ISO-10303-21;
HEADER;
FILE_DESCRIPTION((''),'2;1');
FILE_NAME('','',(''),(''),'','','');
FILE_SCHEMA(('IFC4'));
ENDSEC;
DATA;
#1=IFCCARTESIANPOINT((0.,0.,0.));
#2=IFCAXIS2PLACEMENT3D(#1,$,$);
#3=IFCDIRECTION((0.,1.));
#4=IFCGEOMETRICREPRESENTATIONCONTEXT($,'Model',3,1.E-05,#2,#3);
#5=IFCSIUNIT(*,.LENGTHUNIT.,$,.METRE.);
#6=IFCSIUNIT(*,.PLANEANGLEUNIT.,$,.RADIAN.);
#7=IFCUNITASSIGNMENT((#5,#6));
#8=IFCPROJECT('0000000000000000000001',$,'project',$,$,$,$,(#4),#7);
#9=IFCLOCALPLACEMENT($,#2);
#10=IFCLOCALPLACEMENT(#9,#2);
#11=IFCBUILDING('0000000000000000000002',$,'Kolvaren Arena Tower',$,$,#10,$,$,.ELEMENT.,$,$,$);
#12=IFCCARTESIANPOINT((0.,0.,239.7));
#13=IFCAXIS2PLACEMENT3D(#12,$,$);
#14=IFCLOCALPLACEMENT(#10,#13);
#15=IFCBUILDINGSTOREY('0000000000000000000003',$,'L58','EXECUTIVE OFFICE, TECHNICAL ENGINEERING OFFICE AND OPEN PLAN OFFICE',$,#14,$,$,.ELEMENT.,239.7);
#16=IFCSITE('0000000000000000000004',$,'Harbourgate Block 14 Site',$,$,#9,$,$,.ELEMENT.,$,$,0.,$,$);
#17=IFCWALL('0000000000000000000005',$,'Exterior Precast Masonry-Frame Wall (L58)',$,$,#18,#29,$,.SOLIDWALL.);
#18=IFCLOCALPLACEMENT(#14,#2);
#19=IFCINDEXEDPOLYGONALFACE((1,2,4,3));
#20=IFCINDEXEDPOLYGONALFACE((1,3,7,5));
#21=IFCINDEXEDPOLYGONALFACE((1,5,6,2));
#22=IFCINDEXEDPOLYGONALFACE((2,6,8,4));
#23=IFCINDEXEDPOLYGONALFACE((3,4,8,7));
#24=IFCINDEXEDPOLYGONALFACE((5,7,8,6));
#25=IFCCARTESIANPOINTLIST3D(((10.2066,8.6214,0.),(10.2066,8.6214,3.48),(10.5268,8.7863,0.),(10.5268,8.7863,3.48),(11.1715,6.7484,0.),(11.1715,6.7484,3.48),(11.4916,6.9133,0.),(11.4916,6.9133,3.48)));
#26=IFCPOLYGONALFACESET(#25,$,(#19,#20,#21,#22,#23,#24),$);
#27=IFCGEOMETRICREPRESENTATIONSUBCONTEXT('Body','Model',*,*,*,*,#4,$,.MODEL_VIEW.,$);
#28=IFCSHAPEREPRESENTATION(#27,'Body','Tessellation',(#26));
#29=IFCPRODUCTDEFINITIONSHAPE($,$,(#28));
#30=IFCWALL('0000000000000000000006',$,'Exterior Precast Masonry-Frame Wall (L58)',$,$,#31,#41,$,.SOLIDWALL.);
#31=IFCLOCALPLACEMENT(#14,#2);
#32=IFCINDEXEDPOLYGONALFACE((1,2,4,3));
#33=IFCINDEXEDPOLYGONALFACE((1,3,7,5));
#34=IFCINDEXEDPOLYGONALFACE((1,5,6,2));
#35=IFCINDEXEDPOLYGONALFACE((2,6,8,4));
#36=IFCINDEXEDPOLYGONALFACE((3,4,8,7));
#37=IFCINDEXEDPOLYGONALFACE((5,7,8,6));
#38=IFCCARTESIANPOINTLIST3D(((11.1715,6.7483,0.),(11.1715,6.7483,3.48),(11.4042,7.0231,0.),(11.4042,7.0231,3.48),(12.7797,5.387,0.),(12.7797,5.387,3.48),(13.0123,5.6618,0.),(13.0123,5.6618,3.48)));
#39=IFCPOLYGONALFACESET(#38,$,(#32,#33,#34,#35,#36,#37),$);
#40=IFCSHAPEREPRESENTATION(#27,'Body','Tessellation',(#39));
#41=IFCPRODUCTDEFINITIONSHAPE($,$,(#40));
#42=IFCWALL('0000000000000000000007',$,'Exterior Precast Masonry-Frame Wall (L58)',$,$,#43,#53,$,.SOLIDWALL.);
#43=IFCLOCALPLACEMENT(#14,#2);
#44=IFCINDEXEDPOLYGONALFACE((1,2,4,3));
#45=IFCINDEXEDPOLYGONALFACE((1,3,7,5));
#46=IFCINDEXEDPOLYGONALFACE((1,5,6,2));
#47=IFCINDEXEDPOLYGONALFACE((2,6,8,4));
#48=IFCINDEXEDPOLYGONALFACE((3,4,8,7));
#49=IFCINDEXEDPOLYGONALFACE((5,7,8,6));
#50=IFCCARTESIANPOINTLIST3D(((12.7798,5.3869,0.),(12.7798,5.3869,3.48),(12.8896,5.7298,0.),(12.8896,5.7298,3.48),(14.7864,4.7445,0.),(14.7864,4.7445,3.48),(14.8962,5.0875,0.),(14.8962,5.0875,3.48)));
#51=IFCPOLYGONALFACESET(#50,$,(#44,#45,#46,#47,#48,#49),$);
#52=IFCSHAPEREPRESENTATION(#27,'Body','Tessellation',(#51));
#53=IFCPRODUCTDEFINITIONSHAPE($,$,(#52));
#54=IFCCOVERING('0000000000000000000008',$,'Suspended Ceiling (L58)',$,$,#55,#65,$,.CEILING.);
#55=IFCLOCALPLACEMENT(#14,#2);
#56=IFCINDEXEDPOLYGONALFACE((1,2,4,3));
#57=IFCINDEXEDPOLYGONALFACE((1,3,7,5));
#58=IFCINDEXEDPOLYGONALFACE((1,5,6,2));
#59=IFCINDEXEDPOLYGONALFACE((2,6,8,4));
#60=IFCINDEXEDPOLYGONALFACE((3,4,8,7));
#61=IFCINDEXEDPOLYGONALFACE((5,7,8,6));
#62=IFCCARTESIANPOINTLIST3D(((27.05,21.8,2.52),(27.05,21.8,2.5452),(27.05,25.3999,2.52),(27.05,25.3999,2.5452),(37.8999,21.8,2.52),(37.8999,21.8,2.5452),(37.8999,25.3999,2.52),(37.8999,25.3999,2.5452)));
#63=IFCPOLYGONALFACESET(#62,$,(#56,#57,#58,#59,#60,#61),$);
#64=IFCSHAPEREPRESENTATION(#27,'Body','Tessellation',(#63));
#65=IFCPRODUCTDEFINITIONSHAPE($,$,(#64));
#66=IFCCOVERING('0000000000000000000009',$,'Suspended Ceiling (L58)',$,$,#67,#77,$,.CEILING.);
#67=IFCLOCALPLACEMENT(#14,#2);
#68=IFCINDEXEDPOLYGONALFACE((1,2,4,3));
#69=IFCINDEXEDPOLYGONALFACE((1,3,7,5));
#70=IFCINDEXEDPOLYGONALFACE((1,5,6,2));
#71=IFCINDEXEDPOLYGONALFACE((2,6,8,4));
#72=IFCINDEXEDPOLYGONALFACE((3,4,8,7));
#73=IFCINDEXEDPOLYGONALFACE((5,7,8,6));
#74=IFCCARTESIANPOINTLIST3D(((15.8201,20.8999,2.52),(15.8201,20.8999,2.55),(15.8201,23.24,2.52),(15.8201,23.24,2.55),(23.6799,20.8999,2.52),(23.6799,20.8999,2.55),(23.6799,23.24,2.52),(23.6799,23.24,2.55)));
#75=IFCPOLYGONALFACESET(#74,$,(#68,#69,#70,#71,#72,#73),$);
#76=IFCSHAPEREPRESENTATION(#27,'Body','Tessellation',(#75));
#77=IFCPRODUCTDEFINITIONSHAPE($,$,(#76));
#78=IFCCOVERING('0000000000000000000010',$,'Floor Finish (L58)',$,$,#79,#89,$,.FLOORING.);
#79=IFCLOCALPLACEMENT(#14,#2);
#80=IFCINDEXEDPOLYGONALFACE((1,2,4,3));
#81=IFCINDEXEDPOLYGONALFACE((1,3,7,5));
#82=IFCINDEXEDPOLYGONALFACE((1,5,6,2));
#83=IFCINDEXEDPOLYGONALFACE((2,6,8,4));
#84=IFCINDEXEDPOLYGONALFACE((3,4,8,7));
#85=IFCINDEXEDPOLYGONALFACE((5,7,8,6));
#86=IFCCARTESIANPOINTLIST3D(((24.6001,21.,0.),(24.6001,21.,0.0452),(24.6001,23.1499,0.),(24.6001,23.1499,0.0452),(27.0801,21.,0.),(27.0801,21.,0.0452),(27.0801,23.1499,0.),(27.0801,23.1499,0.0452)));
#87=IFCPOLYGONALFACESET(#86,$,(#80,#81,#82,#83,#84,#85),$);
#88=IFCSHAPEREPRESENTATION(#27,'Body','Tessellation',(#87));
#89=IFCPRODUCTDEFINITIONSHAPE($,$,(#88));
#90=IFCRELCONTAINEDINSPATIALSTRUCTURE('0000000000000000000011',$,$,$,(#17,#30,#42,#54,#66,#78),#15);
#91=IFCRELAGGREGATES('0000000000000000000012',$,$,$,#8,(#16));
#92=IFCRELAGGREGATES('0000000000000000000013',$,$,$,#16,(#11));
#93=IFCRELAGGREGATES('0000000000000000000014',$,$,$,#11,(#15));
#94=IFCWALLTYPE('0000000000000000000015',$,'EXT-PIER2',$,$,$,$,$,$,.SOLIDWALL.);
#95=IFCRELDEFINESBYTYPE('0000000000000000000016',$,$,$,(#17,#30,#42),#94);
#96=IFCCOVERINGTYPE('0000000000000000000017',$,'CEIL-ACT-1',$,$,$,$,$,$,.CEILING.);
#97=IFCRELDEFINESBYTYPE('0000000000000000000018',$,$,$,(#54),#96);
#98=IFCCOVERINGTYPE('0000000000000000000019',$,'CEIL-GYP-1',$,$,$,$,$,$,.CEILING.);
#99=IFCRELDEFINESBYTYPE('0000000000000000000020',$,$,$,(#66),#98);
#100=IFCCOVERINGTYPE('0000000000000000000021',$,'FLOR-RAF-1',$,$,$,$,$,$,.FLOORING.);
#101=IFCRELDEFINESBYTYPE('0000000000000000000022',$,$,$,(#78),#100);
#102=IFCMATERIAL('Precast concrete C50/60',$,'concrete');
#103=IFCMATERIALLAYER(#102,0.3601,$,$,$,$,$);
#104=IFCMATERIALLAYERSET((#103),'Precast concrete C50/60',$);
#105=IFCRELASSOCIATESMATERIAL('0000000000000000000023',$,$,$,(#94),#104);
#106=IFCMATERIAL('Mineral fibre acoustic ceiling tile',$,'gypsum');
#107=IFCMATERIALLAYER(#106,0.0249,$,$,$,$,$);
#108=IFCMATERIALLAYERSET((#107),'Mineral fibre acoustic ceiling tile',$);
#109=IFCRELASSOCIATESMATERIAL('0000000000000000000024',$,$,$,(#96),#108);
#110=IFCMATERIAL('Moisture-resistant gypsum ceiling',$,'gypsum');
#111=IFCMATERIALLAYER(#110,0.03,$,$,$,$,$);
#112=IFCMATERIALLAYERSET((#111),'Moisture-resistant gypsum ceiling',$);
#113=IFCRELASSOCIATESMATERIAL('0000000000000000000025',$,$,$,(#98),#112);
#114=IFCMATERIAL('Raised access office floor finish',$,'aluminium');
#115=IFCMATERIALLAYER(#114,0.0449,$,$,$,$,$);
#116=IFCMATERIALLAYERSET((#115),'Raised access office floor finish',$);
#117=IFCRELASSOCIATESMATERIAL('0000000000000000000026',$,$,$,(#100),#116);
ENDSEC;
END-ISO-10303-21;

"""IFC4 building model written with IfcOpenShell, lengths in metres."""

from ifc_helpers import new_model, si_unit, direction, frame, frame_2d, origin, place, context, subcontext, project, spatial, polyline, rectangle, outline, extrude, material, layer, layer_set, type_object, element, save


model = new_model("IFC4")

# Units and contexts
model_context = context("Model", 3, precision=1e-05, world=origin(), true_north=direction((0.0, 1.0)))
body_context = subcontext(model_context, "Body", "Model", "MODEL_VIEW")
ifc_project = project(units=[si_unit("LENGTHUNIT", "METRE"), si_unit("PLANEANGLEUNIT", "RADIAN")], contexts=[model_context])

# Site, building, storey
site_placement = place(None, origin())
site = spatial("IfcSite", under=ifc_project, at=site_placement, Name="Harbourgate Block 14 Site", CompositionType="ELEMENT", RefElevation=0.0)
building_placement = place(site_placement, origin())
building = spatial("IfcBuilding", under=site, at=building_placement, Name="Kolvaren Arena Tower", CompositionType="ELEMENT")
storey_placement = place(building_placement, frame((0.0, 0.0, 239.7)))
storey = spatial("IfcBuildingStorey", under=building, at=storey_placement, Name="L58", Description="EXECUTIVE OFFICE, TECHNICAL ENGINEERING OFFICE AND OPEN PLAN OFFICE", CompositionType="ELEMENT", Elevation=239.7)

# Shared definitions
ifc_material_1 = material(Name="Precast concrete C50/60", Category="concrete")
ifc_layer_1 = layer(ifc_material_1, 0.3601)
ifc_layer_set_1 = layer_set([ifc_layer_1], Name="Precast concrete C50/60")
wall_type = type_object("IfcWallType", Name="EXT-PIER2", PredefinedType="SOLIDWALL", material=ifc_layer_set_1)

# Walls
for number, where, z_axis, x_axis, name in (
    (1, (11.3315, 6.8308, 0.0), (0.0, 0.0, 1.0), (-0.457934, 0.888986, 0.0), "Exterior Precast Masonry-Frame Wall (L58)"),
    (2, (12.896, 5.5244, 0.0), (0.0, 0.0, 1.0), (-0.76325, 0.646103, 0.0), "Exterior Precast Masonry-Frame Wall (L58)"),
    (3, (14.8413, 4.916, 0.0), (0.0, 0.0, 1.0), (-0.952393, 0.304872, 0.0), "Exterior Precast Masonry-Frame Wall (L58)"),
):
    element("IfcWall", number, at=place(storey_placement, frame(where, z_axis=z_axis, x_axis=x_axis)), inside=storey, type_object=wall_type, Name=name, PredefinedType="SOLIDWALL", context=body_context, shape_type="SweptSolid", body=[
        extrude(rectangle(XDim=2.1069, YDim=0.3601, at=frame_2d((1.0535, 0.0))), origin(), (0.0, 0.0, 1.0), 3.48),
    ])

# Coverings
ifc_material_2 = material(Name="Mineral fibre acoustic ceiling tile", Category="gypsum")
ifc_layer_2 = layer(ifc_material_2, 0.0249)
ifc_layer_set_2 = layer_set([ifc_layer_2], Name="Mineral fibre acoustic ceiling tile")
covering_type_1 = type_object("IfcCoveringType", Name="CEIL-ACT-1", PredefinedType="CEILING", material=ifc_layer_set_2)
covering_1_placement = place(storey_placement, frame((0.0, 0.0, 2.52)))
element("IfcCovering", 4, at=covering_1_placement, inside=storey, type_object=covering_type_1, Name="Suspended Ceiling (L58)", PredefinedType="CEILING", context=body_context, shape_type="SweptSolid", body=[
    extrude(outline(polyline([(27.05, 21.8), (27.05, 25.3999), (37.8999, 25.3999), (37.8999, 21.8), (27.05, 21.8)])), origin(), (0.0, 0.0, 1.0), 0.0251),
])
ifc_material_3 = material(Name="Moisture-resistant gypsum ceiling", Category="gypsum")
ifc_layer_3 = layer(ifc_material_3, 0.03)
ifc_layer_set_3 = layer_set([ifc_layer_3], Name="Moisture-resistant gypsum ceiling")
covering_type_2 = type_object("IfcCoveringType", Name="CEIL-GYP-1", PredefinedType="CEILING", material=ifc_layer_set_3)
covering_2_placement = place(storey_placement, frame((0.0, 0.0, 2.52)))
element("IfcCovering", 5, at=covering_2_placement, inside=storey, type_object=covering_type_2, Name="Suspended Ceiling (L58)", PredefinedType="CEILING", context=body_context, shape_type="SweptSolid", body=[
    extrude(outline(polyline([(15.8201, 20.8999), (15.8201, 23.24), (23.6799, 23.24), (23.6799, 20.8999), (15.8201, 20.8999)])), origin(), (0.0, 0.0, 1.0), 0.03),
])
ifc_material_4 = material(Name="Raised access office floor finish", Category="aluminium")
ifc_layer_4 = layer(ifc_material_4, 0.0449)
ifc_layer_set_4 = layer_set([ifc_layer_4], Name="Raised access office floor finish")
covering_type_3 = type_object("IfcCoveringType", Name="FLOR-RAF-1", PredefinedType="FLOORING", material=ifc_layer_set_4)
covering_3_placement = place(storey_placement, origin())
element("IfcCovering", 6, at=covering_3_placement, inside=storey, type_object=covering_type_3, Name="Floor Finish (L58)", PredefinedType="FLOORING", context=body_context, shape_type="SweptSolid", body=[
    extrude(outline(polyline([(24.6001, 21.0), (24.6001, 23.1499), (27.0801, 23.1499), (27.0801, 21.0), (24.6001, 21.0)])), origin(), (0.0, 0.0, 1.0), 0.0452),
])

save(model, "model.ifc")
